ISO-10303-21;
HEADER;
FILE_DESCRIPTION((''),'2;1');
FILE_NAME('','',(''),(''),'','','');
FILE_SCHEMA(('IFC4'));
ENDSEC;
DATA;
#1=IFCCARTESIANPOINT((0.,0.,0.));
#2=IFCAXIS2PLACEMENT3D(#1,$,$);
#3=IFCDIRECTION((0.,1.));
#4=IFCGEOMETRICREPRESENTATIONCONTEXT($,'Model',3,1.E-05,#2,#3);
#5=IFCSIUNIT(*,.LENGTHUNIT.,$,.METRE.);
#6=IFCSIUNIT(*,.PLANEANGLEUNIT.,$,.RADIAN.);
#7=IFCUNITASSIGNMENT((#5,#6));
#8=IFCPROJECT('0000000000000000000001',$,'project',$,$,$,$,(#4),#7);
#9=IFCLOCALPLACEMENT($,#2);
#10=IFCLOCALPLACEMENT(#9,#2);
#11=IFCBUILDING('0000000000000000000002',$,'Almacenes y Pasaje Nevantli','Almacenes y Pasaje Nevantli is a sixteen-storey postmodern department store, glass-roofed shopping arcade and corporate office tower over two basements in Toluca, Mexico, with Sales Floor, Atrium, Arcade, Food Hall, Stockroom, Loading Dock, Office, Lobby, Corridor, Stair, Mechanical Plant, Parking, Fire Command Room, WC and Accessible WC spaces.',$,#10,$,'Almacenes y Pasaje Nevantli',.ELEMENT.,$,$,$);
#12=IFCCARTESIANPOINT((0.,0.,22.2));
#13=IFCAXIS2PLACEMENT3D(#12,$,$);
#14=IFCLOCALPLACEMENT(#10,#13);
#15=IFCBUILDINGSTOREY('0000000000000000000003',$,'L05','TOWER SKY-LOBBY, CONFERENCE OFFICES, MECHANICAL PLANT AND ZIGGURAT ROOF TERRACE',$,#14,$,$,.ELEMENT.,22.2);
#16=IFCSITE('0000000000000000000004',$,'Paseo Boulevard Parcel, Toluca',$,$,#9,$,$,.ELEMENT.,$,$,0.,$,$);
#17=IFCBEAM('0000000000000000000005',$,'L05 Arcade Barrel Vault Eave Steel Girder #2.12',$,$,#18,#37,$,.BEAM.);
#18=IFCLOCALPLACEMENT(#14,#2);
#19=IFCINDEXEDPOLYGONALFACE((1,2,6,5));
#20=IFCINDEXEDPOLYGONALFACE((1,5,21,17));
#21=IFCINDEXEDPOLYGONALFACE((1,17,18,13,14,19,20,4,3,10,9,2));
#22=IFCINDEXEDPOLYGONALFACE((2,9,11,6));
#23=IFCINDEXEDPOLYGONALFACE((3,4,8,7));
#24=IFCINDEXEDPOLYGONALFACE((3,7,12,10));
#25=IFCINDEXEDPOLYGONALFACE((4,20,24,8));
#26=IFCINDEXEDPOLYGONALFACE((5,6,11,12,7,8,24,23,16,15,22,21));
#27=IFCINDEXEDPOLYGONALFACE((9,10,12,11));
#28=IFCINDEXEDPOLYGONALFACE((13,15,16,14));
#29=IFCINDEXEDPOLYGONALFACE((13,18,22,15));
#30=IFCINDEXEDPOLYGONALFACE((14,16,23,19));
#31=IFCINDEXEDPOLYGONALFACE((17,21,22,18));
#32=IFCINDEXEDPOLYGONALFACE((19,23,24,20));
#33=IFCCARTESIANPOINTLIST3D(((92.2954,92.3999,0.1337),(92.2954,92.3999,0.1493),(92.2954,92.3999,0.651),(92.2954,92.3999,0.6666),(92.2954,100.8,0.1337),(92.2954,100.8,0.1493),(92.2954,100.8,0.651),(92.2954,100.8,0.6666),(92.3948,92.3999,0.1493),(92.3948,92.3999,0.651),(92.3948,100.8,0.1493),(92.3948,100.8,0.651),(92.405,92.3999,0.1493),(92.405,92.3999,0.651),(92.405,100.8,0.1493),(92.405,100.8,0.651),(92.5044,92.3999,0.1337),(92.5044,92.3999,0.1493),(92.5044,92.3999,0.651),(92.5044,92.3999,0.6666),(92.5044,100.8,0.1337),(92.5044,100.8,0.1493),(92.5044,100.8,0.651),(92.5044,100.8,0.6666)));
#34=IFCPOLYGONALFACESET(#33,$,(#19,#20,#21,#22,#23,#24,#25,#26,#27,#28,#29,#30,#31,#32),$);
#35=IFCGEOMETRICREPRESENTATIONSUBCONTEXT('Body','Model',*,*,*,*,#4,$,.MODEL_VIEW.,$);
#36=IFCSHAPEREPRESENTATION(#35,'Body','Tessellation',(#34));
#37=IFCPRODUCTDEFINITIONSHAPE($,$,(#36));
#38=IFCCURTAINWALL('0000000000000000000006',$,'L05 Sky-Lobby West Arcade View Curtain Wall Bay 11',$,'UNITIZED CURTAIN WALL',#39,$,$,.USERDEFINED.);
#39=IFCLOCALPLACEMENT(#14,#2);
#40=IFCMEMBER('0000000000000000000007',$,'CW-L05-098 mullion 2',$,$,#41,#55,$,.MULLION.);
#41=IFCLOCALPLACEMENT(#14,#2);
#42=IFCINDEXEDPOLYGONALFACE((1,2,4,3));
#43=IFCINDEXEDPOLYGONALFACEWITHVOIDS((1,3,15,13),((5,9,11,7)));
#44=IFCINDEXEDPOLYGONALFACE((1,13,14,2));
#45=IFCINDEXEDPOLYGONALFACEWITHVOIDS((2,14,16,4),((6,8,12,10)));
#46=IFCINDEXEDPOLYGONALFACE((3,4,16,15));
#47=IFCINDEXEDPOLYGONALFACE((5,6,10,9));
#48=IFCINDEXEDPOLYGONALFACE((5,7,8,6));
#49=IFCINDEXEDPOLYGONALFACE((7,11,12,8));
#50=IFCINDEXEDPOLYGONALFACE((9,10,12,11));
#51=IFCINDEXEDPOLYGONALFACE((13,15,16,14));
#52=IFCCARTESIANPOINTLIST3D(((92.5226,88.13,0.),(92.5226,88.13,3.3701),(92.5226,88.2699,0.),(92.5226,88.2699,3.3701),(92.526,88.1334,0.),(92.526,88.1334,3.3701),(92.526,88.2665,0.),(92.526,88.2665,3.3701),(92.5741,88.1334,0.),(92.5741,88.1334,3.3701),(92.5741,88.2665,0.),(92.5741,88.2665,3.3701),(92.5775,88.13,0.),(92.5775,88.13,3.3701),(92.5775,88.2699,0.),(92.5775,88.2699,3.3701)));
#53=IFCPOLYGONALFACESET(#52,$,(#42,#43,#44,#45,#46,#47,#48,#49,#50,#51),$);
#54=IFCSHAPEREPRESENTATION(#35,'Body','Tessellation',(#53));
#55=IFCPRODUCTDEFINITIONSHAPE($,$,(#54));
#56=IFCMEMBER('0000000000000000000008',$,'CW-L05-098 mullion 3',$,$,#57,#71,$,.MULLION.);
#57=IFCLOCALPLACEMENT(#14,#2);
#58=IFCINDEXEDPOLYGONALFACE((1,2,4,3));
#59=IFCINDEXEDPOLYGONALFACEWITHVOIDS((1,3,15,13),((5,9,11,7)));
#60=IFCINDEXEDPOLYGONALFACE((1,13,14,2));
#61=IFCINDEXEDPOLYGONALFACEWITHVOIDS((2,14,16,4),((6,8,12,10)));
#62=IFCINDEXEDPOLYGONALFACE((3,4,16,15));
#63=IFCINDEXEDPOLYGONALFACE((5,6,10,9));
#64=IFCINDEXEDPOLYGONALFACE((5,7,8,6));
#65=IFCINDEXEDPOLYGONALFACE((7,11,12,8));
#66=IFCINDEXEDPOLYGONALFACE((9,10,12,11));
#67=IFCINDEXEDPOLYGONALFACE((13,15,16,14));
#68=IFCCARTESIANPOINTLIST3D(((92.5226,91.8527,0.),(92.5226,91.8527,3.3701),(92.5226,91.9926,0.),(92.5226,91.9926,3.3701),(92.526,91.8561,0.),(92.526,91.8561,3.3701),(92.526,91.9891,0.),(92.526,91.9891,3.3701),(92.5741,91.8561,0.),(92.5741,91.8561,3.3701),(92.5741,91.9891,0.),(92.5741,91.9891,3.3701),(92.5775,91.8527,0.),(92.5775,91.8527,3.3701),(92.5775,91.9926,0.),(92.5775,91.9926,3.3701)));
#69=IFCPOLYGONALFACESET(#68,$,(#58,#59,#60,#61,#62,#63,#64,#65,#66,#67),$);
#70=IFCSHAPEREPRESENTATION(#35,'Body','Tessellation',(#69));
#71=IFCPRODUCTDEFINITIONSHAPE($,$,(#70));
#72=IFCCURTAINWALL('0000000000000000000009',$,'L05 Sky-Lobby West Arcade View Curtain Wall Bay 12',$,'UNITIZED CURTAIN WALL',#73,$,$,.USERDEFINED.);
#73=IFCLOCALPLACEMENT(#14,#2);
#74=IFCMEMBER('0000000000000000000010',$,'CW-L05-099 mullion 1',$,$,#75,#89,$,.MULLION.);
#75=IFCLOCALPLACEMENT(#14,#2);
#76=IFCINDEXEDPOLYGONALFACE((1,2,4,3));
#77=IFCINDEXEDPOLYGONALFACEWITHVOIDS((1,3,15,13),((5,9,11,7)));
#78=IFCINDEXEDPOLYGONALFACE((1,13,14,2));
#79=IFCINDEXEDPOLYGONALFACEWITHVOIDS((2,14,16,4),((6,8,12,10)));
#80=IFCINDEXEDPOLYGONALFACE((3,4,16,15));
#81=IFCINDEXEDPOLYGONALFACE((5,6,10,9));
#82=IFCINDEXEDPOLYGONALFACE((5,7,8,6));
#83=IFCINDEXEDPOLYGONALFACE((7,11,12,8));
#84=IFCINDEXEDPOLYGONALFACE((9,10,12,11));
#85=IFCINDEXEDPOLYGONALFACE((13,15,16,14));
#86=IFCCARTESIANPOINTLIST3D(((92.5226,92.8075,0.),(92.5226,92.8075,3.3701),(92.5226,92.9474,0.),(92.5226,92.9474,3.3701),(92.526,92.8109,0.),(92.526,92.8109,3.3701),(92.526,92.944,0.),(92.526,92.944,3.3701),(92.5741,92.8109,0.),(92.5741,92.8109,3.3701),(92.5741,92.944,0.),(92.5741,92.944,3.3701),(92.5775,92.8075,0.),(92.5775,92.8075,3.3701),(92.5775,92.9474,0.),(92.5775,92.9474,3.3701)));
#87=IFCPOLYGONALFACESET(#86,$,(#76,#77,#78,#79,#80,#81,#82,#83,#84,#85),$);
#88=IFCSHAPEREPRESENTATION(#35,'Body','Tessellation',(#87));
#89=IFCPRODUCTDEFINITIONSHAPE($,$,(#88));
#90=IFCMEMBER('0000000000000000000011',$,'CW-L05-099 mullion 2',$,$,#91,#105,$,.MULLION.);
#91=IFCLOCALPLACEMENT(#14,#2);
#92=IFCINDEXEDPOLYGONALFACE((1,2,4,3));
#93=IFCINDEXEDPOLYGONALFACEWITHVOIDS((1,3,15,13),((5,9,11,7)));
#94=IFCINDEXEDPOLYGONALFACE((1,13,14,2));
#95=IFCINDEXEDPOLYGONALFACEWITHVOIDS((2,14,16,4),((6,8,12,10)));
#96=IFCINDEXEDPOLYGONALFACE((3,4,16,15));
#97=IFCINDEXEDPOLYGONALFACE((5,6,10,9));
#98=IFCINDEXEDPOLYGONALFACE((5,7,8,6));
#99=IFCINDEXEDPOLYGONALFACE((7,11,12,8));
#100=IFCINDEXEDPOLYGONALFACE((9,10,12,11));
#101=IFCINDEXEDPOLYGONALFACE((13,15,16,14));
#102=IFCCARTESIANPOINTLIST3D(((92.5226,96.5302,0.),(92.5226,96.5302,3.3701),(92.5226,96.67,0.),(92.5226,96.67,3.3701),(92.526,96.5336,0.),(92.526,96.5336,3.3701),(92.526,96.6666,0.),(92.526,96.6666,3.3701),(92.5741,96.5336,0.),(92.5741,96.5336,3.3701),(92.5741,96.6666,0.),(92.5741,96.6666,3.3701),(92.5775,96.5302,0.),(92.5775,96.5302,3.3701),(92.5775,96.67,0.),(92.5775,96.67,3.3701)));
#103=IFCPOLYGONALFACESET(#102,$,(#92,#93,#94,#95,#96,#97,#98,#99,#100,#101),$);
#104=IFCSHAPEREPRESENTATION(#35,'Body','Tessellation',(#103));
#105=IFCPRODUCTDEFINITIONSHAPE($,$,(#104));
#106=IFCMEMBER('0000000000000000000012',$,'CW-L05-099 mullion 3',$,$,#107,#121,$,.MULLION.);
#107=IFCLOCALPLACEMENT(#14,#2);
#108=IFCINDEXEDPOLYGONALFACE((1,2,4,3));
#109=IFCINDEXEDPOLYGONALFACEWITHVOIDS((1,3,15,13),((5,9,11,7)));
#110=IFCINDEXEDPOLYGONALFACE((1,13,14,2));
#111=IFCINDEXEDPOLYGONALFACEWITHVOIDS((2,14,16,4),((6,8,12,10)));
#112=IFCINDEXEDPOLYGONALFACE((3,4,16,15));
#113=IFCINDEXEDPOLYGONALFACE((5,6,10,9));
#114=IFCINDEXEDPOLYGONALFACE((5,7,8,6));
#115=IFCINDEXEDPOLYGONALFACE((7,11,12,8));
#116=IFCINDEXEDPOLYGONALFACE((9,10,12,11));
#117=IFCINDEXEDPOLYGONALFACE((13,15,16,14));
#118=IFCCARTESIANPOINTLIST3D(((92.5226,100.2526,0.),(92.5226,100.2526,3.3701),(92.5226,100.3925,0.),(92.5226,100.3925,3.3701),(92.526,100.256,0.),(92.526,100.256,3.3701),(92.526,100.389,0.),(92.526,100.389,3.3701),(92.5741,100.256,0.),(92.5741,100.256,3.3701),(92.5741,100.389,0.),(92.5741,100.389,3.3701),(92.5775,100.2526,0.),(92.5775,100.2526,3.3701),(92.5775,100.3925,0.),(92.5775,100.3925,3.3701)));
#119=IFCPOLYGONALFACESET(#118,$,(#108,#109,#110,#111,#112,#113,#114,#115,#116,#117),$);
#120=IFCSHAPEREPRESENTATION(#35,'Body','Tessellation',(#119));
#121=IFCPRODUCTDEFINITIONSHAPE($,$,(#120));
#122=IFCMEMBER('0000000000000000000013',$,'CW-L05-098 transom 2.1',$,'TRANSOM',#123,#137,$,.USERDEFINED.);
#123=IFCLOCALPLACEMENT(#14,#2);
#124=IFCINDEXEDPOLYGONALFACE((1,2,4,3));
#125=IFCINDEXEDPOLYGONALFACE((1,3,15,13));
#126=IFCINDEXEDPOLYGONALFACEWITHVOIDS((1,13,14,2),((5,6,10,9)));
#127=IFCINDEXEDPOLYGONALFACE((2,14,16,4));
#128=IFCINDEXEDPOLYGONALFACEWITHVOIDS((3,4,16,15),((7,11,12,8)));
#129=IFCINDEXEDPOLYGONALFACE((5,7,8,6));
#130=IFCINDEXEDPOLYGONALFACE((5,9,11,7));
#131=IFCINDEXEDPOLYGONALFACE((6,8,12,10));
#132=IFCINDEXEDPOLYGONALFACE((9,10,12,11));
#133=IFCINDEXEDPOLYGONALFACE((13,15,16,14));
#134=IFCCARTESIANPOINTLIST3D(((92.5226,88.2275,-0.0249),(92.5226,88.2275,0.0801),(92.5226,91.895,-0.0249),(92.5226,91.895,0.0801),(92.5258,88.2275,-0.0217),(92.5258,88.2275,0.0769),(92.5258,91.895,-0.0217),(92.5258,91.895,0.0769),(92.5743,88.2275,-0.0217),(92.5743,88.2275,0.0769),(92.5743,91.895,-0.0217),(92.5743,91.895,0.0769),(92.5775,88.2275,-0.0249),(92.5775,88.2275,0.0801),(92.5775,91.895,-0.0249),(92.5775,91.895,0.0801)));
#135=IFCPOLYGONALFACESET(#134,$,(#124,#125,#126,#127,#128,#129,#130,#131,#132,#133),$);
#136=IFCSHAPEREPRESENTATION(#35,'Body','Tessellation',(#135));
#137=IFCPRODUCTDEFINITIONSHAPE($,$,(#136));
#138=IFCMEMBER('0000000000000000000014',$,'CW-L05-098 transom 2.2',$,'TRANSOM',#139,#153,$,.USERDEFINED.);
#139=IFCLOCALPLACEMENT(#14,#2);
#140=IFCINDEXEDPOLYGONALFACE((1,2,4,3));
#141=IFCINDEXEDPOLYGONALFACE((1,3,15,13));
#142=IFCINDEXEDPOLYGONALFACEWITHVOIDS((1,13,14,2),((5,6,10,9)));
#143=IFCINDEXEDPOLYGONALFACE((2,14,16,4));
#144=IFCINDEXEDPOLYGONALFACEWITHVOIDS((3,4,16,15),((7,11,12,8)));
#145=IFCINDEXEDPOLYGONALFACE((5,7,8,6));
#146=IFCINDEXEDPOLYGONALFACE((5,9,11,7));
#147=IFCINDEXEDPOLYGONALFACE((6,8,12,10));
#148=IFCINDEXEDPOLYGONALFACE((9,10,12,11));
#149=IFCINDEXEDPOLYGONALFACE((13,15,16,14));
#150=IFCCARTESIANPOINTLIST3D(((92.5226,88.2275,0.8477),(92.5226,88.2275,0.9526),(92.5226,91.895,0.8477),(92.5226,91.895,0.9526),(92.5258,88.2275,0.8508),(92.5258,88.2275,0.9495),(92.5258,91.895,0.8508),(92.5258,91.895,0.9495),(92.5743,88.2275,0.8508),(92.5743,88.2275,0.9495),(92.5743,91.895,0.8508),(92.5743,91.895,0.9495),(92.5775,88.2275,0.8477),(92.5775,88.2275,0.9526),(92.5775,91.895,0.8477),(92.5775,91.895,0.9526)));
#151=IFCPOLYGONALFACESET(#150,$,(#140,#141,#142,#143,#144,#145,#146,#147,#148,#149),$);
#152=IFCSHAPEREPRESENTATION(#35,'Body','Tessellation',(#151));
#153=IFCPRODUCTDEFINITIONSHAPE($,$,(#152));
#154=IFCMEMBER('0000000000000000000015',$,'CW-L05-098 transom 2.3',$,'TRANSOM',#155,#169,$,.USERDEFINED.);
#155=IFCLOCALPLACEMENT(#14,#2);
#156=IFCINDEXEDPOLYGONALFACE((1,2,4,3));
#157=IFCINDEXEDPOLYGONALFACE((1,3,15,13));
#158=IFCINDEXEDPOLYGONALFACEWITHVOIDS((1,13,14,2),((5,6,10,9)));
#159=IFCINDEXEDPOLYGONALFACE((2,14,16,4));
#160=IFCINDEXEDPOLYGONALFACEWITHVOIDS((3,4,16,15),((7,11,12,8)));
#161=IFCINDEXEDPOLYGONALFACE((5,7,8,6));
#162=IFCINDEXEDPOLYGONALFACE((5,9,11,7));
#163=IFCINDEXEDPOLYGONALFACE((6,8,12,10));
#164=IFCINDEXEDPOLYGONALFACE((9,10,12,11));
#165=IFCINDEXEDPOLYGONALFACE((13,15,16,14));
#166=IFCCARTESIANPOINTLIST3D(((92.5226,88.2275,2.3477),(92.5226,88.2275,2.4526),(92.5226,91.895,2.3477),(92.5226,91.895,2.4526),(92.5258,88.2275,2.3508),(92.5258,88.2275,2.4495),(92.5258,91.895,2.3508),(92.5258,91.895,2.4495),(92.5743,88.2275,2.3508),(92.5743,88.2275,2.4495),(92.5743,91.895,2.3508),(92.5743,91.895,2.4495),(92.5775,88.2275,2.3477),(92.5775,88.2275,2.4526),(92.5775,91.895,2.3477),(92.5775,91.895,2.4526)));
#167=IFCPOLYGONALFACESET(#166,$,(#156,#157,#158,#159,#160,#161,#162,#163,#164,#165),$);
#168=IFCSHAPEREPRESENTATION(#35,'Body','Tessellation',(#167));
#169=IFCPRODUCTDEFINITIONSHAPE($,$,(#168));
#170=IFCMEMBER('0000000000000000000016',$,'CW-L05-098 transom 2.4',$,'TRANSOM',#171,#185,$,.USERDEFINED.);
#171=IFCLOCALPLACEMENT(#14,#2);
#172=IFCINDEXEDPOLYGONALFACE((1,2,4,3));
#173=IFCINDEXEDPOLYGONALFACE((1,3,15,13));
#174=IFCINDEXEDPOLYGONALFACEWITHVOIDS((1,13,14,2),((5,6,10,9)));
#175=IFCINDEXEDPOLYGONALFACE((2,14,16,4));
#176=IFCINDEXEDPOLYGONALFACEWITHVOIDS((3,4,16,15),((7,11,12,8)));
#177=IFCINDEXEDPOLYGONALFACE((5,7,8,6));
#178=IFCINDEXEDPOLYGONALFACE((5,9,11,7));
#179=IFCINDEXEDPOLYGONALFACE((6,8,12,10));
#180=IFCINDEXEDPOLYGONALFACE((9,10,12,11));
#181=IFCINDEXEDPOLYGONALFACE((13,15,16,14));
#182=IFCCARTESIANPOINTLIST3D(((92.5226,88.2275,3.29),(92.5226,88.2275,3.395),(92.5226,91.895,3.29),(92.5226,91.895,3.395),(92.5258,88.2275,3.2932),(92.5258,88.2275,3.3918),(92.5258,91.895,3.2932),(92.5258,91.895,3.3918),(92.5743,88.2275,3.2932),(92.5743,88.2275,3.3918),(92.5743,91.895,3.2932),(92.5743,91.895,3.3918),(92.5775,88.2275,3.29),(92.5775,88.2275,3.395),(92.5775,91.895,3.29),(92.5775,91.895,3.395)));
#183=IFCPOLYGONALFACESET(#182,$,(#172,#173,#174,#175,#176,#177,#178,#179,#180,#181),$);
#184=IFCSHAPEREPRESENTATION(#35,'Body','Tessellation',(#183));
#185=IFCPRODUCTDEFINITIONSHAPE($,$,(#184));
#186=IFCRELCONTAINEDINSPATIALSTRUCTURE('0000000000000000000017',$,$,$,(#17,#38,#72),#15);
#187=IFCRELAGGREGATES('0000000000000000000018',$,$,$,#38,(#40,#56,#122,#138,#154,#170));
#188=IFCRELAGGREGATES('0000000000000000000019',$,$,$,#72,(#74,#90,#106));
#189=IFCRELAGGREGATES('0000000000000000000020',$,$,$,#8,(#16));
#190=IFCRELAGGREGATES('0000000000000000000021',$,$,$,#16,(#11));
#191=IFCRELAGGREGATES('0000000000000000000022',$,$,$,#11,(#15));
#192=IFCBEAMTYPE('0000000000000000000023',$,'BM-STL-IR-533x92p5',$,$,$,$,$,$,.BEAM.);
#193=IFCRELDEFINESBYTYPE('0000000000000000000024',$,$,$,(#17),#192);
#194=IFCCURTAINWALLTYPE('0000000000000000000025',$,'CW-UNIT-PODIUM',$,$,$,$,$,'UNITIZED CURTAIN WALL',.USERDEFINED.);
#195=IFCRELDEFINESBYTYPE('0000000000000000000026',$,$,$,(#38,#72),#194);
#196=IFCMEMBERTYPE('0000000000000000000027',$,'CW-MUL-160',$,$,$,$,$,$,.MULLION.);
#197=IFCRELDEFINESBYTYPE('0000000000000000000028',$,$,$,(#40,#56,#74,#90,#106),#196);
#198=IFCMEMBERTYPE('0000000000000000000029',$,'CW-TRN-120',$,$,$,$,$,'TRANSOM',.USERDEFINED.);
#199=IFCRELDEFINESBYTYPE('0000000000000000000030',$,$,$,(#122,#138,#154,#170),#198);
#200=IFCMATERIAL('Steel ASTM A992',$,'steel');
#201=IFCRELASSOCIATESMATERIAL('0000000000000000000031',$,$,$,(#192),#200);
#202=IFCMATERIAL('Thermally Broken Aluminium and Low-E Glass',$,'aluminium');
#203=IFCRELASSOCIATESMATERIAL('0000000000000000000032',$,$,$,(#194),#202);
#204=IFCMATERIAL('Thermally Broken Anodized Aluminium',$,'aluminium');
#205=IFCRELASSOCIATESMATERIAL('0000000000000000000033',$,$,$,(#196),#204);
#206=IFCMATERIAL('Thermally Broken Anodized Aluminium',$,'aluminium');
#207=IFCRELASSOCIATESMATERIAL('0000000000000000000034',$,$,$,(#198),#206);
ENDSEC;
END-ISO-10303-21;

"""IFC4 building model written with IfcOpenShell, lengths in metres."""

from ifc_helpers import new_model, si_unit, direction, frame, origin, origin_2d, place, context, subcontext, project, spatial, hollow_rectangle, i_section, extrude, material, material_profile, profile_set, type_object, element, aggregate, save


model = new_model("IFC4")

# Units and contexts
model_context = context("Model", 3, precision=1e-05, world=origin(), true_north=direction((0.0, 1.0)))
body_context = subcontext(model_context, "Body", "Model", "MODEL_VIEW")
ifc_project = project(units=[si_unit("LENGTHUNIT", "METRE"), si_unit("PLANEANGLEUNIT", "RADIAN")], contexts=[model_context])

# Site, building, storey
site_placement = place(None, origin())
site = spatial("IfcSite", under=ifc_project, at=site_placement, Name="Paseo Boulevard Parcel, Toluca", CompositionType="ELEMENT", RefElevation=0.0)
building_placement = place(site_placement, origin())
building = spatial("IfcBuilding", under=site, at=building_placement, Name="Almacenes y Pasaje Nevantli", Description="Almacenes y Pasaje Nevantli is a sixteen-storey postmodern department store, glass-roofed shopping arcade and corporate office tower over two basements in Toluca, Mexico, with Sales Floor, Atrium, Arcade, Food Hall, Stockroom, Loading Dock, Office, Lobby, Corridor, Stair, Mechanical Plant, Parking, Fire Command Room, WC and Accessible WC spaces.", LongName="Almacenes y Pasaje Nevantli", CompositionType="ELEMENT")
storey_placement = place(building_placement, frame((0.0, 0.0, 22.2)))
storey = spatial("IfcBuildingStorey", under=building, at=storey_placement, Name="L05", Description="TOWER SKY-LOBBY, CONFERENCE OFFICES, MECHANICAL PLANT AND ZIGGURAT ROOF TERRACE", CompositionType="ELEMENT", Elevation=22.2)

# Beam
ifc_material_1 = material(Name="Steel ASTM A992", Category="steel")
ifc_material_profile_1 = material_profile(ifc_material_1, i_section(OverallWidth=0.209, OverallDepth=0.533, WebThickness=0.0103, FlangeThickness=0.0156, at=origin_2d()), Name="IR 533x92.5")
ifc_profile_set_1 = profile_set([ifc_material_profile_1], Name="Steel ASTM A992")
beam_type_1 = type_object("IfcBeamType", Name="BM-STL-IR-533x92p5", PredefinedType="BEAM", material=ifc_profile_set_1)
beam_1_placement = place(storey_placement, frame((92.3999, 92.3999, 0.4001), z_axis=(0.0, 1.0, 0.0), x_axis=(-1.0, 0.0, 0.0)))
element("IfcBeam", 1, at=beam_1_placement, inside=storey, type_object=beam_type_1, Name="L05 Arcade Barrel Vault Eave Steel Girder #2.12", PredefinedType="BEAM", context=body_context, shape_type="SweptSolid", body=[
    extrude(i_section(OverallWidth=0.209, OverallDepth=0.533, WebThickness=0.0103, FlangeThickness=0.0156, at=origin_2d()), origin(), (0.0, 0.0, 1.0), 8.4001),
])

# Curtain walls, members
ifc_material_2 = material(Name="Thermally Broken Aluminium and Low-E Glass", Category="aluminium")
curtain_wall_type = type_object("IfcCurtainWallType", Name="CW-UNIT-PODIUM", ElementType="UNITIZED CURTAIN WALL", PredefinedType="USERDEFINED", material=ifc_material_2)
curtain_wall_1_placement = place(storey_placement, origin())
curtain_wall_1 = element("IfcCurtainWall", 2, at=curtain_wall_1_placement, inside=storey, type_object=curtain_wall_type, Name="L05 Sky-Lobby West Arcade View Curtain Wall Bay 11", ObjectType="UNITIZED CURTAIN WALL", PredefinedType="USERDEFINED")
ifc_material_3 = material(Name="Thermally Broken Anodized Aluminium", Category="aluminium")
ifc_material_profile_2 = material_profile(ifc_material_3, hollow_rectangle(XDim=0.0549, YDim=0.1399, WallThickness=0.0034, at=origin_2d()), Name="ALU-MUL-55x140")
ifc_profile_set_2 = profile_set([ifc_material_profile_2], Name="Thermally Broken Anodized Aluminium")
member_type_1 = type_object("IfcMemberType", Name="CW-MUL-160", PredefinedType="MULLION", material=ifc_profile_set_2)
member_1_placement = place(storey_placement, frame((92.55, 88.2, 0.0), z_axis=(0.0, 0.0, 1.0), x_axis=(-1.0, 0.0, 0.0)))
member_1 = element("IfcMember", 3, at=member_1_placement, type_object=member_type_1, Name="CW-L05-098 mullion 2", PredefinedType="MULLION", context=body_context, shape_type="SweptSolid", body=[
    extrude(hollow_rectangle(XDim=0.0549, YDim=0.1399, WallThickness=0.0034, at=origin_2d()), origin(), (0.0, 0.0, 1.0), 3.3701),
])
member_2_placement = place(storey_placement, frame((92.55, 91.9226, 0.0), z_axis=(0.0, 0.0, 1.0), x_axis=(-1.0, 0.0, 0.0)))
member_2 = element("IfcMember", 4, at=member_2_placement, type_object=member_type_1, Name="CW-L05-098 mullion 3", PredefinedType="MULLION", context=body_context, shape_type="SweptSolid", body=[
    extrude(hollow_rectangle(XDim=0.0549, YDim=0.1399, WallThickness=0.0034, at=origin_2d()), origin(), (0.0, 0.0, 1.0), 3.3701),
])
curtain_wall_2_placement = place(storey_placement, origin())
curtain_wall_2 = element("IfcCurtainWall", 5, at=curtain_wall_2_placement, inside=storey, type_object=curtain_wall_type, Name="L05 Sky-Lobby West Arcade View Curtain Wall Bay 12", ObjectType="UNITIZED CURTAIN WALL", PredefinedType="USERDEFINED")
member_3_placement = place(storey_placement, frame((92.55, 92.8774, 0.0), z_axis=(0.0, 0.0, 1.0), x_axis=(-1.0, 0.0, 0.0)))
member_3 = element("IfcMember", 6, at=member_3_placement, type_object=member_type_1, Name="CW-L05-099 mullion 1", PredefinedType="MULLION", context=body_context, shape_type="SweptSolid", body=[
    extrude(hollow_rectangle(XDim=0.0549, YDim=0.1399, WallThickness=0.0034, at=origin_2d()), origin(), (0.0, 0.0, 1.0), 3.3701),
])
member_4_placement = place(storey_placement, frame((92.55, 96.6001, 0.0), z_axis=(0.0, 0.0, 1.0), x_axis=(-1.0, 0.0, 0.0)))
member_4 = element("IfcMember", 7, at=member_4_placement, type_object=member_type_1, Name="CW-L05-099 mullion 2", PredefinedType="MULLION", context=body_context, shape_type="SweptSolid", body=[
    extrude(hollow_rectangle(XDim=0.0549, YDim=0.1399, WallThickness=0.0034, at=origin_2d()), origin(), (0.0, 0.0, 1.0), 3.3701),
])
member_5_placement = place(storey_placement, frame((92.55, 100.3225, 0.0), z_axis=(0.0, 0.0, 1.0), x_axis=(-1.0, 0.0, 0.0)))
member_5 = element("IfcMember", 8, at=member_5_placement, type_object=member_type_1, Name="CW-L05-099 mullion 3", PredefinedType="MULLION", context=body_context, shape_type="SweptSolid", body=[
    extrude(hollow_rectangle(XDim=0.0549, YDim=0.1399, WallThickness=0.0034, at=origin_2d()), origin(), (0.0, 0.0, 1.0), 3.3701),
])

# Members
ifc_material_4 = material(Name="Thermally Broken Anodized Aluminium", Category="aluminium")
ifc_material_profile_3 = material_profile(ifc_material_4, hollow_rectangle(XDim=0.0549, YDim=0.105, WallThickness=0.0032, at=origin_2d()), Name="ALU-TRN-55x105")
ifc_profile_set_3 = profile_set([ifc_material_profile_3], Name="Thermally Broken Anodized Aluminium")
member_type_2 = type_object("IfcMemberType", Name="CW-TRN-120", ElementType="TRANSOM", PredefinedType="USERDEFINED", material=ifc_profile_set_3)
member_6_placement = place(storey_placement, frame((92.55, 88.2275, 0.0276), z_axis=(0.0, 1.0, 0.0), x_axis=(-1.0, 0.0, 0.0)))
member_6 = element("IfcMember", 9, at=member_6_placement, type_object=member_type_2, Name="CW-L05-098 transom 2.1", ObjectType="TRANSOM", PredefinedType="USERDEFINED", context=body_context, shape_type="SweptSolid", body=[
    extrude(hollow_rectangle(XDim=0.0549, YDim=0.105, WallThickness=0.0032, at=origin_2d()), origin(), (0.0, 0.0, 1.0), 3.6675),
])
member_7_placement = place(storey_placement, frame((92.55, 88.2275, 0.9001), z_axis=(0.0, 1.0, 0.0), x_axis=(-1.0, 0.0, 0.0)))
member_7 = element("IfcMember", 10, at=member_7_placement, type_object=member_type_2, Name="CW-L05-098 transom 2.2", ObjectType="TRANSOM", PredefinedType="USERDEFINED", context=body_context, shape_type="SweptSolid", body=[
    extrude(hollow_rectangle(XDim=0.0549, YDim=0.105, WallThickness=0.0032, at=origin_2d()), origin(), (0.0, 0.0, 1.0), 3.6675),
])
member_8_placement = place(storey_placement, frame((92.55, 88.2275, 2.4001), z_axis=(0.0, 1.0, 0.0), x_axis=(-1.0, 0.0, 0.0)))
member_8 = element("IfcMember", 11, at=member_8_placement, type_object=member_type_2, Name="CW-L05-098 transom 2.3", ObjectType="TRANSOM", PredefinedType="USERDEFINED", context=body_context, shape_type="SweptSolid", body=[
    extrude(hollow_rectangle(XDim=0.0549, YDim=0.105, WallThickness=0.0032, at=origin_2d()), origin(), (0.0, 0.0, 1.0), 3.6675),
])
member_9_placement = place(storey_placement, frame((92.55, 88.2275, 3.3425), z_axis=(0.0, 1.0, 0.0), x_axis=(-1.0, 0.0, 0.0)))
member_9 = element("IfcMember", 12, at=member_9_placement, type_object=member_type_2, Name="CW-L05-098 transom 2.4", ObjectType="TRANSOM", PredefinedType="USERDEFINED", context=body_context, shape_type="SweptSolid", body=[
    extrude(hollow_rectangle(XDim=0.0549, YDim=0.105, WallThickness=0.0032, at=origin_2d()), origin(), (0.0, 0.0, 1.0), 3.6675),
])

aggregate(curtain_wall_1, [member_1, member_2, member_6, member_7, member_8, member_9])
aggregate(curtain_wall_2, [member_3, member_4, member_5])

save(model, "model.ifc")
